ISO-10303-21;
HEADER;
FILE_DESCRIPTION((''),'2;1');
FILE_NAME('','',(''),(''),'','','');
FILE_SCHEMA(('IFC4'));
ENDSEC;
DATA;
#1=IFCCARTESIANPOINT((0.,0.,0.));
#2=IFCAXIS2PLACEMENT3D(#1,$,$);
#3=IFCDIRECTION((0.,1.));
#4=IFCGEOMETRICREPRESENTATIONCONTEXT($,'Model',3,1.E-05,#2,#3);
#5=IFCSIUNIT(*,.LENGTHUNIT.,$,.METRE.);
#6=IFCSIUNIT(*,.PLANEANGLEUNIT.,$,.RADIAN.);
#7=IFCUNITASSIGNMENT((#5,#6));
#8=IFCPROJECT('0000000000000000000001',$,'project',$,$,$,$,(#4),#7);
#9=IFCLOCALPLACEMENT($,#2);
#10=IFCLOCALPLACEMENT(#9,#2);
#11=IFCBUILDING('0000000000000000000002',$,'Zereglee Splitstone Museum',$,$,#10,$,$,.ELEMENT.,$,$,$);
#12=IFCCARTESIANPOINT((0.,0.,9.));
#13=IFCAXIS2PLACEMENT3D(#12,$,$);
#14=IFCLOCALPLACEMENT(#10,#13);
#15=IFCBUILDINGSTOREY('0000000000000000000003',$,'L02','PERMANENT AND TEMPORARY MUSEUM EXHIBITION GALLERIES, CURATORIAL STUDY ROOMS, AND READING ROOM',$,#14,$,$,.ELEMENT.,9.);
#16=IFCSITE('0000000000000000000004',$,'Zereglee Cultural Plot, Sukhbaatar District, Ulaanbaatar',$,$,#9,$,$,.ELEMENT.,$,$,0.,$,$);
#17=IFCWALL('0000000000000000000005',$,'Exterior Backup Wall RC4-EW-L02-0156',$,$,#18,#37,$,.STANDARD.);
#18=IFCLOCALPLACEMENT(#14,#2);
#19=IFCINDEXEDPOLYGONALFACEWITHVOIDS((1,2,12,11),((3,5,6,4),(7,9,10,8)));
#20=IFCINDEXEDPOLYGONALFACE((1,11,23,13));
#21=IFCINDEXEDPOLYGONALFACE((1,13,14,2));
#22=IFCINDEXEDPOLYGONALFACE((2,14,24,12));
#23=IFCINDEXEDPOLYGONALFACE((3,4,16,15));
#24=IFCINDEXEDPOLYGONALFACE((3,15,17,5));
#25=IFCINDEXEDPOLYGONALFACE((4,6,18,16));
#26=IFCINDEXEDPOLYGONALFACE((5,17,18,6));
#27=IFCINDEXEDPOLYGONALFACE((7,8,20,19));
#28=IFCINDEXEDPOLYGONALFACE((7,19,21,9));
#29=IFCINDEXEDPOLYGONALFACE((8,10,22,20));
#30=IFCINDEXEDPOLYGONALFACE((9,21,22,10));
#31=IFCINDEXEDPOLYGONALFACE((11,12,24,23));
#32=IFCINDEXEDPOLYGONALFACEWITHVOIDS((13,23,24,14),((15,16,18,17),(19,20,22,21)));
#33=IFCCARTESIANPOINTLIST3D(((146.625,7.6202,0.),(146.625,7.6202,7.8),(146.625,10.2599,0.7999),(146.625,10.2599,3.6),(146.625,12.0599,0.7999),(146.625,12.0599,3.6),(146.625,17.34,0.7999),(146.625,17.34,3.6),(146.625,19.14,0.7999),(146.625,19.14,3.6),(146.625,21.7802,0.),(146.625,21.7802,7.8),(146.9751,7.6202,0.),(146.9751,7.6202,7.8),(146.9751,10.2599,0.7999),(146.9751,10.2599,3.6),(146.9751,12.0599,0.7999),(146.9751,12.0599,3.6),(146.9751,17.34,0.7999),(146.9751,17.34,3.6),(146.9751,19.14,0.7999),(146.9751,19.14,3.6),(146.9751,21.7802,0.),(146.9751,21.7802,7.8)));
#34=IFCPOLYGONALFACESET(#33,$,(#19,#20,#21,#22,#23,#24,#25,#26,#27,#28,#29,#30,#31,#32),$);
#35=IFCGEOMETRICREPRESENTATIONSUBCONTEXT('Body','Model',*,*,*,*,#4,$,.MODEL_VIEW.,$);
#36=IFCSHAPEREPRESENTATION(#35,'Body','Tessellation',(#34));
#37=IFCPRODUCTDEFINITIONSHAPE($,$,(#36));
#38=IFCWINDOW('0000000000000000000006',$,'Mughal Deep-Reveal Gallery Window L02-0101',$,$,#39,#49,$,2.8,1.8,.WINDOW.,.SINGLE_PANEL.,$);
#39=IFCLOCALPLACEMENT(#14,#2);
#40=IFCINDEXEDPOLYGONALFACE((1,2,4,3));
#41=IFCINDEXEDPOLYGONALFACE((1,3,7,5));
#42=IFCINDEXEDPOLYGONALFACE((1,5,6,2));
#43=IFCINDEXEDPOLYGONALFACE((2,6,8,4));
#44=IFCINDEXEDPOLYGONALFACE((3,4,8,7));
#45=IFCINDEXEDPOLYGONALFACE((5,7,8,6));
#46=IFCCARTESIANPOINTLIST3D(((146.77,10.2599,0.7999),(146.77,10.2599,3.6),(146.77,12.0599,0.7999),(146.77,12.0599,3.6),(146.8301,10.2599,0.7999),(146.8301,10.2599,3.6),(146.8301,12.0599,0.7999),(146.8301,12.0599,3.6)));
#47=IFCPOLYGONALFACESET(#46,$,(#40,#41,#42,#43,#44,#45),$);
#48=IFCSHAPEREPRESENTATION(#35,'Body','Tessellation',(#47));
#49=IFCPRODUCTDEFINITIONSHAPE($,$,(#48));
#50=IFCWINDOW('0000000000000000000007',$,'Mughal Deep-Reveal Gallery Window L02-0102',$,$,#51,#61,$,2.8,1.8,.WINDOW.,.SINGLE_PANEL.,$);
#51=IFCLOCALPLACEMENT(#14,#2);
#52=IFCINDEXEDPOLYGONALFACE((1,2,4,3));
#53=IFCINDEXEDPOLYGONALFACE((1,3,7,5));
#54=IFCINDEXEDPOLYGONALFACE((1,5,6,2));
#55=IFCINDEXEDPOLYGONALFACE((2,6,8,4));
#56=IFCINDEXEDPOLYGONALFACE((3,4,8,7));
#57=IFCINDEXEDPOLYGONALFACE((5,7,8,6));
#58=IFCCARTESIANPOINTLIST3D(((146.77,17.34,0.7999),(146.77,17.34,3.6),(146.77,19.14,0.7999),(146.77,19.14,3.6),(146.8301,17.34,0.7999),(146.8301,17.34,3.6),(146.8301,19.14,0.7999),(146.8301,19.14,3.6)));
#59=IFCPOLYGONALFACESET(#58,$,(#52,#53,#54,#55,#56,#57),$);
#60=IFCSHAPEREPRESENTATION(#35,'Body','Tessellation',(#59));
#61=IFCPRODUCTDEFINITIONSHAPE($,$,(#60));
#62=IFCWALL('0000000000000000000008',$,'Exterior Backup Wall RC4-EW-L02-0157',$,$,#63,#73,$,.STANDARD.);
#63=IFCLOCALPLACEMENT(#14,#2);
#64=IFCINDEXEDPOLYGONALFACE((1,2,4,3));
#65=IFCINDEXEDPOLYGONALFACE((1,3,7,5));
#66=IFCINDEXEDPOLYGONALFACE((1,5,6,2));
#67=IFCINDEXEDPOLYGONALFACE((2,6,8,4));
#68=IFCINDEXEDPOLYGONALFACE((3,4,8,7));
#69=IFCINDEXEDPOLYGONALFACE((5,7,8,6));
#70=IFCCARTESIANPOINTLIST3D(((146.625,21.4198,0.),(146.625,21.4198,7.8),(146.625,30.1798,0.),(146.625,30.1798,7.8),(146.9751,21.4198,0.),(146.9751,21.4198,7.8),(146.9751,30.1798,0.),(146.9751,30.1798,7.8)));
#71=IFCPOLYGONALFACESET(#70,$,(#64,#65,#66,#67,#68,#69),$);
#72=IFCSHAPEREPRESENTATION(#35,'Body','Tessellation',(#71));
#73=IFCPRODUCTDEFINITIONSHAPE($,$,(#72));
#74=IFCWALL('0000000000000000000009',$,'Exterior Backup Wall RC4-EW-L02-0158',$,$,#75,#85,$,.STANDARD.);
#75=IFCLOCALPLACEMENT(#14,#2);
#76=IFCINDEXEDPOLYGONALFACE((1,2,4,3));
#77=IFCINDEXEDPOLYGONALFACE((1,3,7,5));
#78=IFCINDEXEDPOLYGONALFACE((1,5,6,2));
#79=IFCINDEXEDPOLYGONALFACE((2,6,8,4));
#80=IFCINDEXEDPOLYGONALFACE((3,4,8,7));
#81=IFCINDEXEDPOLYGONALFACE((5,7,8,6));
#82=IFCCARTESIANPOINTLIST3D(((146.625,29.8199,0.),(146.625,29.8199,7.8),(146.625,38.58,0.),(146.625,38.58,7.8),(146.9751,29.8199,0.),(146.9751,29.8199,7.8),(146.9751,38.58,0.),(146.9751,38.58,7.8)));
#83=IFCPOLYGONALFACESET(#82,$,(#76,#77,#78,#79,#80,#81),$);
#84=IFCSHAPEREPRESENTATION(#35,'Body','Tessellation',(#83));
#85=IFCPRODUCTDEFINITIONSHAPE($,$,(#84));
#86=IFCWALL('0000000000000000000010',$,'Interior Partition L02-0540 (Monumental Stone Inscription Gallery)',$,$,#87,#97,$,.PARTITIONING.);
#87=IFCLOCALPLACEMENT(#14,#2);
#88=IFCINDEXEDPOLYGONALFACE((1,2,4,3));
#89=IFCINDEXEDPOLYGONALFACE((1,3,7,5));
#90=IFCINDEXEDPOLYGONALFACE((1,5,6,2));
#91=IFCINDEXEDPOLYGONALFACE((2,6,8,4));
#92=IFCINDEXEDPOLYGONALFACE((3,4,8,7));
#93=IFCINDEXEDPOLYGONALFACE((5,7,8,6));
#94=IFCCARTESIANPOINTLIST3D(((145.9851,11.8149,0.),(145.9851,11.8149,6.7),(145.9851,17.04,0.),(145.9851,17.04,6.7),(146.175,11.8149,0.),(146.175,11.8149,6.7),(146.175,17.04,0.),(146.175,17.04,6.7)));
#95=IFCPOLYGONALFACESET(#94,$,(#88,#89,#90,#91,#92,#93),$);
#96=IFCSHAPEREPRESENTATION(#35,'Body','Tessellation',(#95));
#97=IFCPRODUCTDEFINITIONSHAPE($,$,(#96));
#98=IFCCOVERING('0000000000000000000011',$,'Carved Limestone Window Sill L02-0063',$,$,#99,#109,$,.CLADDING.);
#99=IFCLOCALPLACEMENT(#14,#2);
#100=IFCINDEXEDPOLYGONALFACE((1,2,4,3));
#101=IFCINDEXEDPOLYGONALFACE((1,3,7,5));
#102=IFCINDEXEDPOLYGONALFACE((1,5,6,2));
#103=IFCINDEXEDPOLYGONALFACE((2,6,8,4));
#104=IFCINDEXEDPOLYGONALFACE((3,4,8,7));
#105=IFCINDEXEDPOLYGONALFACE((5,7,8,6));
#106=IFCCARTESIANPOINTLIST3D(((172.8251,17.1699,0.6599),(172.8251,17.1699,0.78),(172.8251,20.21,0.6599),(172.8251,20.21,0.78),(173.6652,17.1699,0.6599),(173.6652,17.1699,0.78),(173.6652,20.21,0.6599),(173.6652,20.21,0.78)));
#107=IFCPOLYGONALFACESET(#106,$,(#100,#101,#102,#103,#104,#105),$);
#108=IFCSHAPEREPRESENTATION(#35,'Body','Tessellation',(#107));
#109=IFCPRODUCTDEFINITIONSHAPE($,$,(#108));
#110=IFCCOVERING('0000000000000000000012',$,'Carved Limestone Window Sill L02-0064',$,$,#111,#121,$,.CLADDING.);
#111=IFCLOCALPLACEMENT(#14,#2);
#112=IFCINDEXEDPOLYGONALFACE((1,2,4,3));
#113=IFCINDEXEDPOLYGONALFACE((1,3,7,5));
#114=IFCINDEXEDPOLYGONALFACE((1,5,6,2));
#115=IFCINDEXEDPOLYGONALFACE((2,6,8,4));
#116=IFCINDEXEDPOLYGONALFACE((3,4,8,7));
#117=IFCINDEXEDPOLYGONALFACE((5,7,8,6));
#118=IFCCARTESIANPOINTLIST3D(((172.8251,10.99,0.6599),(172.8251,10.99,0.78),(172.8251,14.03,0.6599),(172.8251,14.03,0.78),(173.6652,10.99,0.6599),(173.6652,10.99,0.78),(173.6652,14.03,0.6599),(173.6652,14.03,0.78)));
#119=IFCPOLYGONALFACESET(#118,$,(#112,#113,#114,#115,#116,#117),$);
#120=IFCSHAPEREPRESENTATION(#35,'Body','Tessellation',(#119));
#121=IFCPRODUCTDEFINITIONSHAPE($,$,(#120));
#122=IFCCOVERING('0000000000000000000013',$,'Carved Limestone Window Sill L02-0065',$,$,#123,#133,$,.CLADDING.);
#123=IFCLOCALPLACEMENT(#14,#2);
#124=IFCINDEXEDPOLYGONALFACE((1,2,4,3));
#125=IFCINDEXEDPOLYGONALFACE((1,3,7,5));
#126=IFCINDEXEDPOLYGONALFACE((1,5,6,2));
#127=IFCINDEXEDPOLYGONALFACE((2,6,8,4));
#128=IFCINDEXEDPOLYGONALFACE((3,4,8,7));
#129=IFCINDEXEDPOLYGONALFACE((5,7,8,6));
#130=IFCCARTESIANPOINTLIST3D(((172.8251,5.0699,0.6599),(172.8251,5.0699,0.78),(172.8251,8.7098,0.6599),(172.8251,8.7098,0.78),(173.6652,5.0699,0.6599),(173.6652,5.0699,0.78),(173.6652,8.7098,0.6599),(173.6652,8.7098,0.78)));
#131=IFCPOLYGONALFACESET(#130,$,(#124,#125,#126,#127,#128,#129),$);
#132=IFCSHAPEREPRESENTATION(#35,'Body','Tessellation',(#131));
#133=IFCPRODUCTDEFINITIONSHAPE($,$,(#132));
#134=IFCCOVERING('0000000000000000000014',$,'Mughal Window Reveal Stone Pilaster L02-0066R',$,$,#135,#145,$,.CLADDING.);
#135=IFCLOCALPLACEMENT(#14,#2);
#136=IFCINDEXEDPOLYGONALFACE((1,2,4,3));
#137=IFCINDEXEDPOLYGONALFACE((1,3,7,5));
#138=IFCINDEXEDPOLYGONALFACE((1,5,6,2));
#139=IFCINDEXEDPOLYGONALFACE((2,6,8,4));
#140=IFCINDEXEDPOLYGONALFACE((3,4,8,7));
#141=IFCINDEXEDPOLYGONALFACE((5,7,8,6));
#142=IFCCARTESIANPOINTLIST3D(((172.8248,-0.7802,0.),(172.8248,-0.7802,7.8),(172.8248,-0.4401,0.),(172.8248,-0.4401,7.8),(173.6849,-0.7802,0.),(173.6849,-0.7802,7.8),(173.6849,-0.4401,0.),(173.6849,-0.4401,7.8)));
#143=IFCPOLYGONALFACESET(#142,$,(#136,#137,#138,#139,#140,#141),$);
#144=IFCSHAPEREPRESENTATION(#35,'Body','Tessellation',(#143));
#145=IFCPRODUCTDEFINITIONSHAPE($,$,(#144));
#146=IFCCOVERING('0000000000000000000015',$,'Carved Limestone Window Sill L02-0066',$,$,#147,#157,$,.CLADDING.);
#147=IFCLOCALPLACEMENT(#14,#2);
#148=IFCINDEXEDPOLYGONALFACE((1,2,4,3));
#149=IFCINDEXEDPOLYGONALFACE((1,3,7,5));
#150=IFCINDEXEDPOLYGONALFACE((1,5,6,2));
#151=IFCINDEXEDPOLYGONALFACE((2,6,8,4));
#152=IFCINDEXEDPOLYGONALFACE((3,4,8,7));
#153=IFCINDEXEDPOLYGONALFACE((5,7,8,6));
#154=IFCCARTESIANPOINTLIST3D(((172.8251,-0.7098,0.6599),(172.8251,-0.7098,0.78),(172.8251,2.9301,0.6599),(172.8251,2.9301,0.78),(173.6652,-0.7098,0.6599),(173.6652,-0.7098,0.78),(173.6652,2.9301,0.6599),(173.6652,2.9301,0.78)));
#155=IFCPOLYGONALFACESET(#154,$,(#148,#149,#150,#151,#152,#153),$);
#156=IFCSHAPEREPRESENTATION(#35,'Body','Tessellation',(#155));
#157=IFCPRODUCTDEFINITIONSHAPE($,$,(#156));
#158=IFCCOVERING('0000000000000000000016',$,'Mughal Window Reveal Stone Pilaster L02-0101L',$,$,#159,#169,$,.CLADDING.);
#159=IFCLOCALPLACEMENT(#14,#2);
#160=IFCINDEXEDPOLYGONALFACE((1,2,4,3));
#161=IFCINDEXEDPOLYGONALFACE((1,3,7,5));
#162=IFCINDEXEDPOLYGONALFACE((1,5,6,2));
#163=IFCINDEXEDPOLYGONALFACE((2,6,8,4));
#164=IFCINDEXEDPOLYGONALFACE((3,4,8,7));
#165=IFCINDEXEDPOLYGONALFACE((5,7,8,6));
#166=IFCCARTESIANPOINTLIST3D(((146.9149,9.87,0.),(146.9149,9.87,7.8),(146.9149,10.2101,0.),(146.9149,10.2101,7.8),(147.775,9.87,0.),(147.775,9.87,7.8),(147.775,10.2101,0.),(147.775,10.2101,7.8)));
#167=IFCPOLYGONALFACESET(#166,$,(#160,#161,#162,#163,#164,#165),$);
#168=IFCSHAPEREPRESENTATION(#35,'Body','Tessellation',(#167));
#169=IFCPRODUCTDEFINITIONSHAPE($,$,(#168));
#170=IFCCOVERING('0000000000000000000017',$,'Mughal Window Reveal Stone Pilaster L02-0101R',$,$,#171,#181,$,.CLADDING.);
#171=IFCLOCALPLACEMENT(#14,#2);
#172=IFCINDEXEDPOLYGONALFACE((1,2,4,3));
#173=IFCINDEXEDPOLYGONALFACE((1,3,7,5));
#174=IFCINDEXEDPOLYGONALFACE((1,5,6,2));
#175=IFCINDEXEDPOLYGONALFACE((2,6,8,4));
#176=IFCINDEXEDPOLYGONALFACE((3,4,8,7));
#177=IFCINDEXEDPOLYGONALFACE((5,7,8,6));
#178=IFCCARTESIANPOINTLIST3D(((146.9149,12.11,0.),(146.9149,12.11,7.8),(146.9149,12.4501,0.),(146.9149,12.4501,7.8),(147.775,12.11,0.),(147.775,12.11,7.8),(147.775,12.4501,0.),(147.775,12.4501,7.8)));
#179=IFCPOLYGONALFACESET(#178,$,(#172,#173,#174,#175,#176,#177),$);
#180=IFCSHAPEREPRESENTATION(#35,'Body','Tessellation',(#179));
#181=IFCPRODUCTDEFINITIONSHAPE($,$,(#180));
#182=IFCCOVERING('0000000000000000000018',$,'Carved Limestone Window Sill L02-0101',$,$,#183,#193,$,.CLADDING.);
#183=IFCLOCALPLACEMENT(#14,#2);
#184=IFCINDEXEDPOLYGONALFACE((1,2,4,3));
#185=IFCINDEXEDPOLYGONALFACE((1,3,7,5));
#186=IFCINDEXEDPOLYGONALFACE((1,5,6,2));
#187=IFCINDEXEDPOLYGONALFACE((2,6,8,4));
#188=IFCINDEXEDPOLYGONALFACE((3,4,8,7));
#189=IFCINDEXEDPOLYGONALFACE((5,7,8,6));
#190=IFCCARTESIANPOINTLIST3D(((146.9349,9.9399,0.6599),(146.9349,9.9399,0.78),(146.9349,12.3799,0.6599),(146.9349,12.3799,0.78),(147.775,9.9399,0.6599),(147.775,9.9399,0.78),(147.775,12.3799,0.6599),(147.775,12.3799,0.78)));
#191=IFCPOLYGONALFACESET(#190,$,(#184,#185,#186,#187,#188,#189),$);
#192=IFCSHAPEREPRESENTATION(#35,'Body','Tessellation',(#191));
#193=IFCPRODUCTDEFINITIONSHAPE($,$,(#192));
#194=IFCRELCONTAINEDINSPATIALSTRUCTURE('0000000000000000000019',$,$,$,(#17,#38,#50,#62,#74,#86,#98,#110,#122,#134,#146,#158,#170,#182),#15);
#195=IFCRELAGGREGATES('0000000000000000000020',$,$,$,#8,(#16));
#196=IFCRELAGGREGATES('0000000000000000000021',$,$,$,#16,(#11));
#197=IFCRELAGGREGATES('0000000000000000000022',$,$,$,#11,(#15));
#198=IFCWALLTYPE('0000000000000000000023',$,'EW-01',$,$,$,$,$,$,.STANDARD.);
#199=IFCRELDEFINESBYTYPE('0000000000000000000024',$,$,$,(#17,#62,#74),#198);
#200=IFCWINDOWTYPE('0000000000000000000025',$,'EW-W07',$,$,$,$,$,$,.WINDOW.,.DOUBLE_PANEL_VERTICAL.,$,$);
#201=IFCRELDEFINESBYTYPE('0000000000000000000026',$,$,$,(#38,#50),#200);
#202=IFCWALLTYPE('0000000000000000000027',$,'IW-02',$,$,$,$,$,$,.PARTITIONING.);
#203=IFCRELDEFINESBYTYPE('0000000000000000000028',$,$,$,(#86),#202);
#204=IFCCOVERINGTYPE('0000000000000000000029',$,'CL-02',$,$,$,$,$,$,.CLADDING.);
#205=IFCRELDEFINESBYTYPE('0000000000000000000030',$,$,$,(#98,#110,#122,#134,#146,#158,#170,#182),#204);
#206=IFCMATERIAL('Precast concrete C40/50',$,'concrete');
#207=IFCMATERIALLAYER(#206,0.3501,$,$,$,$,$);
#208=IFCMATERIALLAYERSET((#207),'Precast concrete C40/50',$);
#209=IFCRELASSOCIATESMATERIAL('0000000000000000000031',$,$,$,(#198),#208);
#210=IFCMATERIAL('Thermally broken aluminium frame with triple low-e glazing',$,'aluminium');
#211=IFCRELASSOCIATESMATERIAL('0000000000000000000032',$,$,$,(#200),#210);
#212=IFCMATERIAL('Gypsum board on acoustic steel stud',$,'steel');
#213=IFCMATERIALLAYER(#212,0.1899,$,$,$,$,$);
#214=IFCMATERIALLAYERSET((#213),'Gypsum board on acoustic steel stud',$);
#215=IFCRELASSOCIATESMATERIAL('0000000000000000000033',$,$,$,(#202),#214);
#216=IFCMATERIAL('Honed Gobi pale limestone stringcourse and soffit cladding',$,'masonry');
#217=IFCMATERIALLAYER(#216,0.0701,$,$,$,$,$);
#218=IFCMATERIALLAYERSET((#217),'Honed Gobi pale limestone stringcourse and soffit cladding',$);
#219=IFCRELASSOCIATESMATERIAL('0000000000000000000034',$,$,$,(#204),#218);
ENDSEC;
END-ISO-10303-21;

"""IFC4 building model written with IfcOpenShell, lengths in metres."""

from ifc_helpers import new_model, si_unit, direction, frame, frame_2d, origin, origin_2d, place, context, subcontext, project, spatial, rectangle, extrude, material, layer, layer_set, type_object, element, fill, save


model = new_model("IFC4")

# Units and contexts
model_context = context("Model", 3, precision=1e-05, world=origin(), true_north=direction((0.0, 1.0)))
body_context = subcontext(model_context, "Body", "Model", "MODEL_VIEW")
ifc_project = project(units=[si_unit("LENGTHUNIT", "METRE"), si_unit("PLANEANGLEUNIT", "RADIAN")], contexts=[model_context])

# Site, building, storey
site_placement = place(None, origin())
site = spatial("IfcSite", under=ifc_project, at=site_placement, Name="Zereglee Cultural Plot, Sukhbaatar District, Ulaanbaatar", CompositionType="ELEMENT", RefElevation=0.0)
building_placement = place(site_placement, origin())
building = spatial("IfcBuilding", under=site, at=building_placement, Name="Zereglee Splitstone Museum", CompositionType="ELEMENT")
storey_placement = place(building_placement, frame((0.0, 0.0, 9.0)))
storey = spatial("IfcBuildingStorey", under=building, at=storey_placement, Name="L02", Description="PERMANENT AND TEMPORARY MUSEUM EXHIBITION GALLERIES, CURATORIAL STUDY ROOMS, AND READING ROOM", CompositionType="ELEMENT", Elevation=9.0)

# Wall, openings, windows
ifc_material_1 = material(Name="Precast concrete C40/50", Category="concrete")
ifc_layer_1 = layer(ifc_material_1, 0.3501)
ifc_layer_set_1 = layer_set([ifc_layer_1], Name="Precast concrete C40/50")
wall_type_1 = type_object("IfcWallType", Name="EW-01", PredefinedType="STANDARD", material=ifc_layer_set_1)
wall_1_placement = place(storey_placement, frame((146.8, 7.6201, 0.0), z_axis=(0.0, 0.0, 1.0), x_axis=(0.0, 1.0, 0.0)))
wall_1 = element("IfcWall", 1, at=wall_1_placement, inside=storey, type_object=wall_type_1, Name="Exterior Backup Wall RC4-EW-L02-0156", PredefinedType="STANDARD", context=body_context, shape_type="SweptSolid", body=[
    extrude(rectangle(XDim=14.1599, YDim=0.3501, at=frame_2d((7.0801, 0.0))), origin(), (0.0, 0.0, 1.0), 7.8),
])
opening_1_placement = place(wall_1_placement, frame((2.6399, 0.0, 0.8)))
opening_1 = element("IfcOpeningElement", 2, at=opening_1_placement, cuts=wall_1, PredefinedType="OPENING", context=body_context, shape_type="SweptSolid", body=[
    extrude(rectangle(XDim=1.8, YDim=2.8, at=frame_2d((0.8999, 1.3999))), frame((0.0, 0.1899, 0.0), z_axis=(0.0, -1.0, 0.0), x_axis=(1.0, 0.0, 0.0)), (0.0, 0.0, 1.0), 0.3799),
])
opening_2_placement = place(wall_1_placement, frame((9.72, 0.0, 0.8)))
opening_2 = element("IfcOpeningElement", 3, at=opening_2_placement, cuts=wall_1, PredefinedType="OPENING", context=body_context, shape_type="SweptSolid", body=[
    extrude(rectangle(XDim=1.8, YDim=2.8, at=frame_2d((0.8999, 1.3999))), frame((0.0, 0.1899, 0.0), z_axis=(0.0, -1.0, 0.0), x_axis=(1.0, 0.0, 0.0)), (0.0, 0.0, 1.0), 0.3799),
])
ifc_material_2 = material(Name="Thermally broken aluminium frame with triple low-e glazing", Category="aluminium")
window_type = type_object("IfcWindowType", Name="EW-W07", PartitioningType="DOUBLE_PANEL_VERTICAL", PredefinedType="WINDOW", material=ifc_material_2)
window_1_placement = place(opening_1_placement, origin())
window_1 = element("IfcWindow", 4, at=window_1_placement, inside=storey, type_object=window_type, Name="Mughal Deep-Reveal Gallery Window L02-0101", OverallHeight=2.8, OverallWidth=1.8, PartitioningType="SINGLE_PANEL", PredefinedType="WINDOW", context=body_context, shape_type="SweptSolid", body=[
    extrude(rectangle(XDim=1.8, YDim=2.8, at=frame_2d((0.8999, 1.3999))), frame((0.0, 0.03, 0.0), z_axis=(0.0, -1.0, 0.0), x_axis=(1.0, 0.0, 0.0)), (0.0, 0.0, 1.0), 0.0601),
])
fill(opening_1, window_1)
window_2_placement = place(opening_2_placement, origin())
window_2 = element("IfcWindow", 5, at=window_2_placement, inside=storey, type_object=window_type, Name="Mughal Deep-Reveal Gallery Window L02-0102", OverallHeight=2.8, OverallWidth=1.8, PartitioningType="SINGLE_PANEL", PredefinedType="WINDOW", context=body_context, shape_type="SweptSolid", body=[
    extrude(rectangle(XDim=1.8, YDim=2.8, at=frame_2d((0.8999, 1.3999))), frame((0.0, 0.03, 0.0), z_axis=(0.0, -1.0, 0.0), x_axis=(1.0, 0.0, 0.0)), (0.0, 0.0, 1.0), 0.0601),
])
fill(opening_2, window_2)

# Walls
for number, where, z_axis, x_axis, name in (
    (6, (146.8, 21.4199, 0.0), (0.0, 0.0, 1.0), (0.0, 1.0, 0.0), "Exterior Backup Wall RC4-EW-L02-0157"),
    (7, (146.8, 29.8201, 0.0), (0.0, 0.0, 1.0), (0.0, 1.0, 0.0), "Exterior Backup Wall RC4-EW-L02-0158"),
):
    element("IfcWall", number, at=place(storey_placement, frame(where, z_axis=z_axis, x_axis=x_axis)), inside=storey, type_object=wall_type_1, Name=name, PredefinedType="STANDARD", context=body_context, shape_type="SweptSolid", body=[
        extrude(rectangle(XDim=8.76, YDim=0.3501, at=frame_2d((4.3799, 0.0))), origin(), (0.0, 0.0, 1.0), 7.8),
    ])
ifc_material_3 = material(Name="Gypsum board on acoustic steel stud", Category="steel")
ifc_layer_2 = layer(ifc_material_3, 0.1899)
ifc_layer_set_2 = layer_set([ifc_layer_2], Name="Gypsum board on acoustic steel stud")
wall_type_2 = type_object("IfcWallType", Name="IW-02", PredefinedType="PARTITIONING", material=ifc_layer_set_2)
wall_2_placement = place(storey_placement, frame((146.0801, 11.8149, 0.0), z_axis=(0.0, 0.0, 1.0), x_axis=(0.0, 1.0, 0.0)))
element("IfcWall", 8, at=wall_2_placement, inside=storey, type_object=wall_type_2, Name="Interior Partition L02-0540 (Monumental Stone Inscription Gallery)", PredefinedType="PARTITIONING", context=body_context, shape_type="SweptSolid", body=[
    extrude(rectangle(XDim=5.2251, YDim=0.1899, at=frame_2d((2.6125, 0.0))), origin(), (0.0, 0.0, 1.0), 6.7),
])

# Coverings
ifc_material_4 = material(Name="Honed Gobi pale limestone stringcourse and soffit cladding", Category="masonry")
ifc_layer_3 = layer(ifc_material_4, 0.0701)
ifc_layer_set_3 = layer_set([ifc_layer_3], Name="Honed Gobi pale limestone stringcourse and soffit cladding")
covering_type_1 = type_object("IfcCoveringType", Name="CL-02", PredefinedType="CLADDING", material=ifc_layer_set_3)
for number, where, z_axis, x_axis, name in (
    (9, (173.2451, 18.6899, 0.6599), (0.0, 0.0, 1.0), (0.0, -1.0, 0.0), "Carved Limestone Window Sill L02-0063"),
    (10, (173.2451, 12.51, 0.6599), (0.0, 0.0, 1.0), (0.0, -1.0, 0.0), "Carved Limestone Window Sill L02-0064"),
):
    element("IfcCovering", number, at=place(storey_placement, frame(where, z_axis=z_axis, x_axis=x_axis)), inside=storey, type_object=covering_type_1, Name=name, PredefinedType="CLADDING", context=body_context, shape_type="SweptSolid", body=[
        extrude(rectangle(XDim=3.04, YDim=0.8401, at=origin_2d()), origin(), (0.0, 0.0, 1.0), 0.1201),
    ])
covering_1_placement = place(storey_placement, frame((173.2451, 6.8899, 0.6599), z_axis=(0.0, 0.0, 1.0), x_axis=(0.0, -1.0, 0.0)))
element("IfcCovering", 11, at=covering_1_placement, inside=storey, type_object=covering_type_1, Name="Carved Limestone Window Sill L02-0065", PredefinedType="CLADDING", context=body_context, shape_type="SweptSolid", body=[
    extrude(rectangle(XDim=3.6399, YDim=0.8401, at=origin_2d()), origin(), (0.0, 0.0, 1.0), 0.1201),
])
covering_2_placement = place(storey_placement, frame((173.2549, -0.6101, 0.0), z_axis=(0.0, 0.0, 1.0), x_axis=(0.0, -1.0, 0.0)))
element("IfcCovering", 12, at=covering_2_placement, inside=storey, type_object=covering_type_1, Name="Mughal Window Reveal Stone Pilaster L02-0066R", PredefinedType="CLADDING", context=body_context, shape_type="SweptSolid", body=[
    extrude(rectangle(XDim=0.3401, YDim=0.8601, at=origin_2d()), origin(), (0.0, 0.0, 1.0), 7.8),
])
covering_3_placement = place(storey_placement, frame((173.2451, 1.1101, 0.6599), z_axis=(0.0, 0.0, 1.0), x_axis=(0.0, -1.0, 0.0)))
element("IfcCovering", 13, at=covering_3_placement, inside=storey, type_object=covering_type_1, Name="Carved Limestone Window Sill L02-0066", PredefinedType="CLADDING", context=body_context, shape_type="SweptSolid", body=[
    extrude(rectangle(XDim=3.6399, YDim=0.8401, at=origin_2d()), origin(), (0.0, 0.0, 1.0), 0.1201),
])
for number, where, z_axis, x_axis, name in (
    (14, (147.345, 10.04, 0.0), (0.0, 0.0, 1.0), (0.0, 1.0, 0.0), "Mughal Window Reveal Stone Pilaster L02-0101L"),
    (15, (147.345, 12.28, 0.0), (0.0, 0.0, 1.0), (0.0, 1.0, 0.0), "Mughal Window Reveal Stone Pilaster L02-0101R"),
):
    element("IfcCovering", number, at=place(storey_placement, frame(where, z_axis=z_axis, x_axis=x_axis)), inside=storey, type_object=covering_type_1, Name=name, PredefinedType="CLADDING", context=body_context, shape_type="SweptSolid", body=[
        extrude(rectangle(XDim=0.3401, YDim=0.8601, at=origin_2d()), origin(), (0.0, 0.0, 1.0), 7.8),
    ])
covering_4_placement = place(storey_placement, frame((147.355, 11.1599, 0.6599), z_axis=(0.0, 0.0, 1.0), x_axis=(0.0, 1.0, 0.0)))
element("IfcCovering", 16, at=covering_4_placement, inside=storey, type_object=covering_type_1, Name="Carved Limestone Window Sill L02-0101", PredefinedType="CLADDING", context=body_context, shape_type="SweptSolid", body=[
    extrude(rectangle(XDim=2.4399, YDim=0.8401, at=origin_2d()), origin(), (0.0, 0.0, 1.0), 0.1201),
])

save(model, "model.ifc")
